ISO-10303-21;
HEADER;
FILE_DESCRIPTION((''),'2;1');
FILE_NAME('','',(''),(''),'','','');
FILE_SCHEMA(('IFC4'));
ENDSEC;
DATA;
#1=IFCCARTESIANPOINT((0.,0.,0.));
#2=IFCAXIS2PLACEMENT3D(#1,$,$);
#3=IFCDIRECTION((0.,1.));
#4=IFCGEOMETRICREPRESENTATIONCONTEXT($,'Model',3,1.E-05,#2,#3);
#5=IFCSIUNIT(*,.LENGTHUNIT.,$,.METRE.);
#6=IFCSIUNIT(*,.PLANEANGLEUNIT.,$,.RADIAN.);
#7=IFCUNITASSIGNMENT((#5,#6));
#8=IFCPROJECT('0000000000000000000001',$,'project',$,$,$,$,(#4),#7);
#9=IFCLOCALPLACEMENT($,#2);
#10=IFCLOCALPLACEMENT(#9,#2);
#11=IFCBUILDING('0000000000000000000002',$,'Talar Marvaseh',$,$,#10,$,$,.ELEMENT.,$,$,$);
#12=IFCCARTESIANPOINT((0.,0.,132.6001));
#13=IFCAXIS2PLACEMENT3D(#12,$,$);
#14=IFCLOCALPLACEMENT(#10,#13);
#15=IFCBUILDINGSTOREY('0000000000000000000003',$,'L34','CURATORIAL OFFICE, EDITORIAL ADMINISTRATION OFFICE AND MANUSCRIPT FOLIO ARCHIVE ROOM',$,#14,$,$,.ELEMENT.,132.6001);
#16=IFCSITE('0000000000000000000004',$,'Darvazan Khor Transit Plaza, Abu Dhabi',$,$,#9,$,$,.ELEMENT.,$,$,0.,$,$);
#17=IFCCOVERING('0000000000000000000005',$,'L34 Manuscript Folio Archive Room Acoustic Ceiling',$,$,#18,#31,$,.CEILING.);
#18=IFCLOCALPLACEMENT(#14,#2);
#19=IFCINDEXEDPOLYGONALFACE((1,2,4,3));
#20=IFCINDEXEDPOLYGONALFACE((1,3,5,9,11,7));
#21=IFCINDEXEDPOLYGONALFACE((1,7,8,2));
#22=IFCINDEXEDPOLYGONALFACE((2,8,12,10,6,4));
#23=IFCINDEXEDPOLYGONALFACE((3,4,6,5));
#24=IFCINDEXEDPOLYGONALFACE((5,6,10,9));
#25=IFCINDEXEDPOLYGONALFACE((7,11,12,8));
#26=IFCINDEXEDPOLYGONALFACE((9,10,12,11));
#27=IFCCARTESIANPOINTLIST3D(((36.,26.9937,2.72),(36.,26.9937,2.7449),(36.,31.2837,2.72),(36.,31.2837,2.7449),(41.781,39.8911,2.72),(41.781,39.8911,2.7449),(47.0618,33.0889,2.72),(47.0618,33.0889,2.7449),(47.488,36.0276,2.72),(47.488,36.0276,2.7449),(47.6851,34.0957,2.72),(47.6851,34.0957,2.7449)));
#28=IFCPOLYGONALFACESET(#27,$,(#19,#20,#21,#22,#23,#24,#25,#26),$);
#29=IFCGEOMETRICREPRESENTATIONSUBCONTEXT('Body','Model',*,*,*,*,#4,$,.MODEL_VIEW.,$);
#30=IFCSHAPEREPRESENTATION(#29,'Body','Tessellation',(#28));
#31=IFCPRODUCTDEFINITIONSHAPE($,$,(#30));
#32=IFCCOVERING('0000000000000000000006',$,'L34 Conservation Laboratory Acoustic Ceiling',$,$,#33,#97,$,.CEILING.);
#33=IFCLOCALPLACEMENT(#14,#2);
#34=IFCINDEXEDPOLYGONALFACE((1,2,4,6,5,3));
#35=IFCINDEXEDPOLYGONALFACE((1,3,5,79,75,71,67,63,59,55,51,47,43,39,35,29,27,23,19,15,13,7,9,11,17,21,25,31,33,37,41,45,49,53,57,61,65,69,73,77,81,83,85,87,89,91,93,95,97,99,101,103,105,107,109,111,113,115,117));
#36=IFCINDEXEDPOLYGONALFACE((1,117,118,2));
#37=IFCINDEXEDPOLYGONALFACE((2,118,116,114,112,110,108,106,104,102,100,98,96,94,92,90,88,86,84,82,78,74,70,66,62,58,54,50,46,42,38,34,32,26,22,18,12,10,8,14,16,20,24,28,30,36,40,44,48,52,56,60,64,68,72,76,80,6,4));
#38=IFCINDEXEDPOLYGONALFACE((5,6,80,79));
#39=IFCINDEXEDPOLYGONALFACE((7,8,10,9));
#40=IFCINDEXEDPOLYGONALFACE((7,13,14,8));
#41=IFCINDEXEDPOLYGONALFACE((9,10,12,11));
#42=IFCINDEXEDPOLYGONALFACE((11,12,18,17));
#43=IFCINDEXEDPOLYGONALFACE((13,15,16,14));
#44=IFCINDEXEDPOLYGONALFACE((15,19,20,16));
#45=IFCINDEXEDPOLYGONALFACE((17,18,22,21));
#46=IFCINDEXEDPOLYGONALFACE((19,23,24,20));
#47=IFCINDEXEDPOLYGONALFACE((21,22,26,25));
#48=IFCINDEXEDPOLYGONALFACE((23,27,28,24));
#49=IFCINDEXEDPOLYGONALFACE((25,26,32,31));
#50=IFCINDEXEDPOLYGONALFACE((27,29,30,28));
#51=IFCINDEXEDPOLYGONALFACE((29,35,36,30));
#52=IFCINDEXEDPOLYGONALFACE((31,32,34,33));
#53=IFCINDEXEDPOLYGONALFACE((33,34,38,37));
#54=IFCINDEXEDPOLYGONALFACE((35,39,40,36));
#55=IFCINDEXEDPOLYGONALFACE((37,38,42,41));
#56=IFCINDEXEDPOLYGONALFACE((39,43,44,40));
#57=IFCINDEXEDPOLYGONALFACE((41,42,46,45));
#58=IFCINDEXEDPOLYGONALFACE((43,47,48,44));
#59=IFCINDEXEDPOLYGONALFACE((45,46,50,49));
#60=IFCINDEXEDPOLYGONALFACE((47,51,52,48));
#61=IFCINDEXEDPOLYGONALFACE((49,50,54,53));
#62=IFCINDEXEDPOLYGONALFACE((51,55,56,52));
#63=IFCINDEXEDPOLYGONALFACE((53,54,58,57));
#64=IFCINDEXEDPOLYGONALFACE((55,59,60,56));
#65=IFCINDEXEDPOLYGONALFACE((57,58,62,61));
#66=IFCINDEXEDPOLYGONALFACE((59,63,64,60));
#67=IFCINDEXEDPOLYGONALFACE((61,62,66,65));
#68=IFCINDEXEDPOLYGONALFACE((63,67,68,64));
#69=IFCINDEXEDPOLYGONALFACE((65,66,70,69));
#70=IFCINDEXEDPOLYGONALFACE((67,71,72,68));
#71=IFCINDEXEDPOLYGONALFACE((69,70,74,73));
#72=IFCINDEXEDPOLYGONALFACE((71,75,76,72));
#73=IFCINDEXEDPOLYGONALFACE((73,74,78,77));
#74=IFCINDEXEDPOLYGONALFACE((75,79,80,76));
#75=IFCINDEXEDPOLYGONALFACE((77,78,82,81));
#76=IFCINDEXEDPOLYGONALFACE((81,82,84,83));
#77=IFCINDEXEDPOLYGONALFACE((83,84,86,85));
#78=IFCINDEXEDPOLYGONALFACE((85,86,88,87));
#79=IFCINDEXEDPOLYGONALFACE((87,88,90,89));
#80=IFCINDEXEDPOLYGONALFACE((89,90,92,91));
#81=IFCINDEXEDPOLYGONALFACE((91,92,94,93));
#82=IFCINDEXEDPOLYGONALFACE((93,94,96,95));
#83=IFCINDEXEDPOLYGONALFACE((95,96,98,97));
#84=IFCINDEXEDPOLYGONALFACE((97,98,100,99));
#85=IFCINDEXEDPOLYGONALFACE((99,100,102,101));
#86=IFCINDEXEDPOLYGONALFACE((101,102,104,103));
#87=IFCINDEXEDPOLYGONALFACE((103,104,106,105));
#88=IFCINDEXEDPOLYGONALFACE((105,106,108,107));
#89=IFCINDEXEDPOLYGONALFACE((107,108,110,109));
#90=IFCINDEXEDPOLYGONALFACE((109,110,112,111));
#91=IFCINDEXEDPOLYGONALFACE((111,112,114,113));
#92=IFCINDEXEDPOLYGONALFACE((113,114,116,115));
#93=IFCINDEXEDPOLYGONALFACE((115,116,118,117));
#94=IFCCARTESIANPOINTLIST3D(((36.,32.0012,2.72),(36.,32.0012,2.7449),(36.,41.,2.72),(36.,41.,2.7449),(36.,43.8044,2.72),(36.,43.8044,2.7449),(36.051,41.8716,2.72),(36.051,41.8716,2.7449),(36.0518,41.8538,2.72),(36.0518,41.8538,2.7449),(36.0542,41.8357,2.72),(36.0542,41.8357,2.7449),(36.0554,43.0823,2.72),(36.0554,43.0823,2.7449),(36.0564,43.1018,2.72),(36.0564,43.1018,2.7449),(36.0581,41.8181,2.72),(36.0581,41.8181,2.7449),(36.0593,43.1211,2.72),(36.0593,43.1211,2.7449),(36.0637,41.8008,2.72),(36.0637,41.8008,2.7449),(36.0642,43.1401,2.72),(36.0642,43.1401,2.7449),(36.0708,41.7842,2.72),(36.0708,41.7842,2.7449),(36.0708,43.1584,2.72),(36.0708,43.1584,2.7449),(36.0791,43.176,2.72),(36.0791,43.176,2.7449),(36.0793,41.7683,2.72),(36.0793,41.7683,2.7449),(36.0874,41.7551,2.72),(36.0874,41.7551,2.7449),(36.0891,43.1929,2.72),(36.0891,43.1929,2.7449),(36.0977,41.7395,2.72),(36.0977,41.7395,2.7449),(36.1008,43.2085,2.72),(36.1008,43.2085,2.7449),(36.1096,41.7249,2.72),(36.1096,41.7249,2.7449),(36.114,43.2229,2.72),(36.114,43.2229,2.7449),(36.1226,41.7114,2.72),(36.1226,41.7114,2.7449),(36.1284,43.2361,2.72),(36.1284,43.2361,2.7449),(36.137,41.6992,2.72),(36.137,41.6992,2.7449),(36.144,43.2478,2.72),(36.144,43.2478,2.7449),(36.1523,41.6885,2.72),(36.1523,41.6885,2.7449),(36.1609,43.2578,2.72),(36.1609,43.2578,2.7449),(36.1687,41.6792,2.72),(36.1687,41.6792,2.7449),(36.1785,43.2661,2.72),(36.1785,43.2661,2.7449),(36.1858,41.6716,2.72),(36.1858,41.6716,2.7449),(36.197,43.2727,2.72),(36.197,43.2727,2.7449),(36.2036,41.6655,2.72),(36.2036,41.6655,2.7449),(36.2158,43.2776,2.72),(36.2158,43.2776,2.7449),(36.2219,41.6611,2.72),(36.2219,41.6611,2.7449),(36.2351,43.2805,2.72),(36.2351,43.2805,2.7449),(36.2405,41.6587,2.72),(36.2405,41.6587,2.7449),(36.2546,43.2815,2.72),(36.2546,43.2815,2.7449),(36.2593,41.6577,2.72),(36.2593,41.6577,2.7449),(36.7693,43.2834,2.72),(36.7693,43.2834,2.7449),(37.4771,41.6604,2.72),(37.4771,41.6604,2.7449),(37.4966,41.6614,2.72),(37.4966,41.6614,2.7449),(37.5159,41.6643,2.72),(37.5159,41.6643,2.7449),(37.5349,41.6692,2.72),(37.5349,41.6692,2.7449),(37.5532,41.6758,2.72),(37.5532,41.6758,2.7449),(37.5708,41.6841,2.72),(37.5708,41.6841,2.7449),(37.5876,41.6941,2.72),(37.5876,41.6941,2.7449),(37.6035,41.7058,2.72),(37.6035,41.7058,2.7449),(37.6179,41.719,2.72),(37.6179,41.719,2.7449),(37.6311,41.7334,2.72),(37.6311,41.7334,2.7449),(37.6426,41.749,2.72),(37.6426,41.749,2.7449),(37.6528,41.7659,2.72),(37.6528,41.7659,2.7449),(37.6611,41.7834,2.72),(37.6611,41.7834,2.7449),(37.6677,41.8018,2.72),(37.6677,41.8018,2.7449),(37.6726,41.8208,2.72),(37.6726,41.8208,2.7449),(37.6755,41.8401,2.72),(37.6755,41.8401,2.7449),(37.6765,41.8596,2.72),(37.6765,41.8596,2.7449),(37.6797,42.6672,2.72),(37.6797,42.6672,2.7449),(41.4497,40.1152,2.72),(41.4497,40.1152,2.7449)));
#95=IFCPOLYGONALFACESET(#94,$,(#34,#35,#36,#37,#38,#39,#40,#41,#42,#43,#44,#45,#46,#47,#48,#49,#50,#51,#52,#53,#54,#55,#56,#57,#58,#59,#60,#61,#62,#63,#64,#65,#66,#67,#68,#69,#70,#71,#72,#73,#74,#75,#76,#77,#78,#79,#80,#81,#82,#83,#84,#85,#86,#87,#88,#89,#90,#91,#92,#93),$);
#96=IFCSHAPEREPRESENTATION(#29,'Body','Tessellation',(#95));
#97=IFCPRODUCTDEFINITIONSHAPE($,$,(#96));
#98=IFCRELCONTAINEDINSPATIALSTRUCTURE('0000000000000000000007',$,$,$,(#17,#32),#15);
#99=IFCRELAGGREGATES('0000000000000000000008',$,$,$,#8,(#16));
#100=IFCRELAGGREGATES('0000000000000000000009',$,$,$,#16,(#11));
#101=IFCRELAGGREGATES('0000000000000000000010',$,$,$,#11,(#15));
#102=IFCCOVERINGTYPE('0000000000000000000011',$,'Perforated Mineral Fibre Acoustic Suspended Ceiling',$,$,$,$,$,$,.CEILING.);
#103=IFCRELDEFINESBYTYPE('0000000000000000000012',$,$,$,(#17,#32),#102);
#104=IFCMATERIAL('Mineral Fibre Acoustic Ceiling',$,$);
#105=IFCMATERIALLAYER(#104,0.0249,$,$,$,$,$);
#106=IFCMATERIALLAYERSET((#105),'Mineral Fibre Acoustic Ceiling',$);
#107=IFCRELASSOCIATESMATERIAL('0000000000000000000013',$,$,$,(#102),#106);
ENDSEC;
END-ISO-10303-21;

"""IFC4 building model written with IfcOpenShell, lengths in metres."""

from ifc_helpers import new_model, si_unit, direction, frame, origin, place, context, subcontext, project, spatial, polyline, outline, extrude, material, layer, layer_set, type_object, element, save


model = new_model("IFC4")

# Units and contexts
model_context = context("Model", 3, precision=1e-05, world=origin(), true_north=direction((0.0, 1.0)))
body_context = subcontext(model_context, "Body", "Model", "MODEL_VIEW")
ifc_project = project(units=[si_unit("LENGTHUNIT", "METRE"), si_unit("PLANEANGLEUNIT", "RADIAN")], contexts=[model_context])

# Site, building, storey
site_placement = place(None, origin())
site = spatial("IfcSite", under=ifc_project, at=site_placement, Name="Darvazan Khor Transit Plaza, Abu Dhabi", CompositionType="ELEMENT", RefElevation=0.0)
building_placement = place(site_placement, origin())
building = spatial("IfcBuilding", under=site, at=building_placement, Name="Talar Marvaseh", CompositionType="ELEMENT")
storey_placement = place(building_placement, frame((0.0, 0.0, 132.6001)))
storey = spatial("IfcBuildingStorey", under=building, at=storey_placement, Name="L34", Description="CURATORIAL OFFICE, EDITORIAL ADMINISTRATION OFFICE AND MANUSCRIPT FOLIO ARCHIVE ROOM", CompositionType="ELEMENT", Elevation=132.6001)

# Coverings
ifc_material_1 = material(Name="Mineral Fibre Acoustic Ceiling")
ifc_layer_1 = layer(ifc_material_1, 0.0249)
ifc_layer_set_1 = layer_set([ifc_layer_1], Name="Mineral Fibre Acoustic Ceiling")
covering_type_1 = type_object("IfcCoveringType", Name="Perforated Mineral Fibre Acoustic Suspended Ceiling", PredefinedType="CEILING", material=ifc_layer_set_1)
covering_1_placement = place(storey_placement, frame((0.0, 0.0, 2.72)))
element("IfcCovering", 1, at=covering_1_placement, inside=storey, type_object=covering_type_1, Name="L34 Manuscript Folio Archive Room Acoustic Ceiling", PredefinedType="CEILING", context=body_context, shape_type="SweptSolid", body=[
    extrude(outline(polyline([(36.0, 26.9937), (36.0, 31.2837), (41.781, 39.8911), (47.488, 36.0276), (47.6851, 34.0957), (47.0618, 33.0889), (36.0, 26.9937)])), origin(), (0.0, 0.0, 1.0), 0.0249),
])
covering_2_placement = place(storey_placement, frame((0.0, 0.0, 2.72)))
element("IfcCovering", 2, at=covering_2_placement, inside=storey, type_object=covering_type_1, Name="L34 Conservation Laboratory Acoustic Ceiling", PredefinedType="CEILING", context=body_context, shape_type="SweptSolid", body=[
    extrude(outline(polyline([(36.2546, 43.2815), (36.2351, 43.2805), (36.2158, 43.2776), (36.197, 43.2727), (36.1785, 43.2661), (36.1609, 43.2578), (36.144, 43.2478), (36.1284, 43.2361), (36.114, 43.2229), (36.1008, 43.2085), (36.0891, 43.1929), (36.0791, 43.176), (36.0708, 43.1584), (36.0642, 43.1401), (36.0593, 43.1211), (36.0564, 43.1018), (36.0554, 43.0823), (36.051, 41.8716), (36.0518, 41.8538), (36.0542, 41.8357), (36.0581, 41.8181), (36.0637, 41.8008), (36.0708, 41.7842), (36.0793, 41.7683), (36.0874, 41.7551), (36.0977, 41.7395), (36.1096, 41.7249), (36.1226, 41.7114), (36.137, 41.6992), (36.1523, 41.6885), (36.1687, 41.6792), (36.1858, 41.6716), (36.2036, 41.6655), (36.2219, 41.6611), (36.2405, 41.6587), (36.2593, 41.6577), (37.4771, 41.6604), (37.4966, 41.6614), (37.5159, 41.6643), (37.5349, 41.6692), (37.5532, 41.6758), (37.5708, 41.6841), (37.5876, 41.6941), (37.6035, 41.7058), (37.6179, 41.719), (37.6311, 41.7334), (37.6426, 41.749), (37.6528, 41.7659), (37.6611, 41.7834), (37.6677, 41.8018), (37.6726, 41.8208), (37.6755, 41.8401), (37.6765, 41.8596), (37.6797, 42.6672), (41.4497, 40.1152), (36.0, 32.0012), (36.0, 41.0), (36.0, 43.8044), (36.7693, 43.2834), (36.2546, 43.2815)])), origin(), (0.0, 0.0, 1.0), 0.0249),
])

save(model, "model.ifc")
